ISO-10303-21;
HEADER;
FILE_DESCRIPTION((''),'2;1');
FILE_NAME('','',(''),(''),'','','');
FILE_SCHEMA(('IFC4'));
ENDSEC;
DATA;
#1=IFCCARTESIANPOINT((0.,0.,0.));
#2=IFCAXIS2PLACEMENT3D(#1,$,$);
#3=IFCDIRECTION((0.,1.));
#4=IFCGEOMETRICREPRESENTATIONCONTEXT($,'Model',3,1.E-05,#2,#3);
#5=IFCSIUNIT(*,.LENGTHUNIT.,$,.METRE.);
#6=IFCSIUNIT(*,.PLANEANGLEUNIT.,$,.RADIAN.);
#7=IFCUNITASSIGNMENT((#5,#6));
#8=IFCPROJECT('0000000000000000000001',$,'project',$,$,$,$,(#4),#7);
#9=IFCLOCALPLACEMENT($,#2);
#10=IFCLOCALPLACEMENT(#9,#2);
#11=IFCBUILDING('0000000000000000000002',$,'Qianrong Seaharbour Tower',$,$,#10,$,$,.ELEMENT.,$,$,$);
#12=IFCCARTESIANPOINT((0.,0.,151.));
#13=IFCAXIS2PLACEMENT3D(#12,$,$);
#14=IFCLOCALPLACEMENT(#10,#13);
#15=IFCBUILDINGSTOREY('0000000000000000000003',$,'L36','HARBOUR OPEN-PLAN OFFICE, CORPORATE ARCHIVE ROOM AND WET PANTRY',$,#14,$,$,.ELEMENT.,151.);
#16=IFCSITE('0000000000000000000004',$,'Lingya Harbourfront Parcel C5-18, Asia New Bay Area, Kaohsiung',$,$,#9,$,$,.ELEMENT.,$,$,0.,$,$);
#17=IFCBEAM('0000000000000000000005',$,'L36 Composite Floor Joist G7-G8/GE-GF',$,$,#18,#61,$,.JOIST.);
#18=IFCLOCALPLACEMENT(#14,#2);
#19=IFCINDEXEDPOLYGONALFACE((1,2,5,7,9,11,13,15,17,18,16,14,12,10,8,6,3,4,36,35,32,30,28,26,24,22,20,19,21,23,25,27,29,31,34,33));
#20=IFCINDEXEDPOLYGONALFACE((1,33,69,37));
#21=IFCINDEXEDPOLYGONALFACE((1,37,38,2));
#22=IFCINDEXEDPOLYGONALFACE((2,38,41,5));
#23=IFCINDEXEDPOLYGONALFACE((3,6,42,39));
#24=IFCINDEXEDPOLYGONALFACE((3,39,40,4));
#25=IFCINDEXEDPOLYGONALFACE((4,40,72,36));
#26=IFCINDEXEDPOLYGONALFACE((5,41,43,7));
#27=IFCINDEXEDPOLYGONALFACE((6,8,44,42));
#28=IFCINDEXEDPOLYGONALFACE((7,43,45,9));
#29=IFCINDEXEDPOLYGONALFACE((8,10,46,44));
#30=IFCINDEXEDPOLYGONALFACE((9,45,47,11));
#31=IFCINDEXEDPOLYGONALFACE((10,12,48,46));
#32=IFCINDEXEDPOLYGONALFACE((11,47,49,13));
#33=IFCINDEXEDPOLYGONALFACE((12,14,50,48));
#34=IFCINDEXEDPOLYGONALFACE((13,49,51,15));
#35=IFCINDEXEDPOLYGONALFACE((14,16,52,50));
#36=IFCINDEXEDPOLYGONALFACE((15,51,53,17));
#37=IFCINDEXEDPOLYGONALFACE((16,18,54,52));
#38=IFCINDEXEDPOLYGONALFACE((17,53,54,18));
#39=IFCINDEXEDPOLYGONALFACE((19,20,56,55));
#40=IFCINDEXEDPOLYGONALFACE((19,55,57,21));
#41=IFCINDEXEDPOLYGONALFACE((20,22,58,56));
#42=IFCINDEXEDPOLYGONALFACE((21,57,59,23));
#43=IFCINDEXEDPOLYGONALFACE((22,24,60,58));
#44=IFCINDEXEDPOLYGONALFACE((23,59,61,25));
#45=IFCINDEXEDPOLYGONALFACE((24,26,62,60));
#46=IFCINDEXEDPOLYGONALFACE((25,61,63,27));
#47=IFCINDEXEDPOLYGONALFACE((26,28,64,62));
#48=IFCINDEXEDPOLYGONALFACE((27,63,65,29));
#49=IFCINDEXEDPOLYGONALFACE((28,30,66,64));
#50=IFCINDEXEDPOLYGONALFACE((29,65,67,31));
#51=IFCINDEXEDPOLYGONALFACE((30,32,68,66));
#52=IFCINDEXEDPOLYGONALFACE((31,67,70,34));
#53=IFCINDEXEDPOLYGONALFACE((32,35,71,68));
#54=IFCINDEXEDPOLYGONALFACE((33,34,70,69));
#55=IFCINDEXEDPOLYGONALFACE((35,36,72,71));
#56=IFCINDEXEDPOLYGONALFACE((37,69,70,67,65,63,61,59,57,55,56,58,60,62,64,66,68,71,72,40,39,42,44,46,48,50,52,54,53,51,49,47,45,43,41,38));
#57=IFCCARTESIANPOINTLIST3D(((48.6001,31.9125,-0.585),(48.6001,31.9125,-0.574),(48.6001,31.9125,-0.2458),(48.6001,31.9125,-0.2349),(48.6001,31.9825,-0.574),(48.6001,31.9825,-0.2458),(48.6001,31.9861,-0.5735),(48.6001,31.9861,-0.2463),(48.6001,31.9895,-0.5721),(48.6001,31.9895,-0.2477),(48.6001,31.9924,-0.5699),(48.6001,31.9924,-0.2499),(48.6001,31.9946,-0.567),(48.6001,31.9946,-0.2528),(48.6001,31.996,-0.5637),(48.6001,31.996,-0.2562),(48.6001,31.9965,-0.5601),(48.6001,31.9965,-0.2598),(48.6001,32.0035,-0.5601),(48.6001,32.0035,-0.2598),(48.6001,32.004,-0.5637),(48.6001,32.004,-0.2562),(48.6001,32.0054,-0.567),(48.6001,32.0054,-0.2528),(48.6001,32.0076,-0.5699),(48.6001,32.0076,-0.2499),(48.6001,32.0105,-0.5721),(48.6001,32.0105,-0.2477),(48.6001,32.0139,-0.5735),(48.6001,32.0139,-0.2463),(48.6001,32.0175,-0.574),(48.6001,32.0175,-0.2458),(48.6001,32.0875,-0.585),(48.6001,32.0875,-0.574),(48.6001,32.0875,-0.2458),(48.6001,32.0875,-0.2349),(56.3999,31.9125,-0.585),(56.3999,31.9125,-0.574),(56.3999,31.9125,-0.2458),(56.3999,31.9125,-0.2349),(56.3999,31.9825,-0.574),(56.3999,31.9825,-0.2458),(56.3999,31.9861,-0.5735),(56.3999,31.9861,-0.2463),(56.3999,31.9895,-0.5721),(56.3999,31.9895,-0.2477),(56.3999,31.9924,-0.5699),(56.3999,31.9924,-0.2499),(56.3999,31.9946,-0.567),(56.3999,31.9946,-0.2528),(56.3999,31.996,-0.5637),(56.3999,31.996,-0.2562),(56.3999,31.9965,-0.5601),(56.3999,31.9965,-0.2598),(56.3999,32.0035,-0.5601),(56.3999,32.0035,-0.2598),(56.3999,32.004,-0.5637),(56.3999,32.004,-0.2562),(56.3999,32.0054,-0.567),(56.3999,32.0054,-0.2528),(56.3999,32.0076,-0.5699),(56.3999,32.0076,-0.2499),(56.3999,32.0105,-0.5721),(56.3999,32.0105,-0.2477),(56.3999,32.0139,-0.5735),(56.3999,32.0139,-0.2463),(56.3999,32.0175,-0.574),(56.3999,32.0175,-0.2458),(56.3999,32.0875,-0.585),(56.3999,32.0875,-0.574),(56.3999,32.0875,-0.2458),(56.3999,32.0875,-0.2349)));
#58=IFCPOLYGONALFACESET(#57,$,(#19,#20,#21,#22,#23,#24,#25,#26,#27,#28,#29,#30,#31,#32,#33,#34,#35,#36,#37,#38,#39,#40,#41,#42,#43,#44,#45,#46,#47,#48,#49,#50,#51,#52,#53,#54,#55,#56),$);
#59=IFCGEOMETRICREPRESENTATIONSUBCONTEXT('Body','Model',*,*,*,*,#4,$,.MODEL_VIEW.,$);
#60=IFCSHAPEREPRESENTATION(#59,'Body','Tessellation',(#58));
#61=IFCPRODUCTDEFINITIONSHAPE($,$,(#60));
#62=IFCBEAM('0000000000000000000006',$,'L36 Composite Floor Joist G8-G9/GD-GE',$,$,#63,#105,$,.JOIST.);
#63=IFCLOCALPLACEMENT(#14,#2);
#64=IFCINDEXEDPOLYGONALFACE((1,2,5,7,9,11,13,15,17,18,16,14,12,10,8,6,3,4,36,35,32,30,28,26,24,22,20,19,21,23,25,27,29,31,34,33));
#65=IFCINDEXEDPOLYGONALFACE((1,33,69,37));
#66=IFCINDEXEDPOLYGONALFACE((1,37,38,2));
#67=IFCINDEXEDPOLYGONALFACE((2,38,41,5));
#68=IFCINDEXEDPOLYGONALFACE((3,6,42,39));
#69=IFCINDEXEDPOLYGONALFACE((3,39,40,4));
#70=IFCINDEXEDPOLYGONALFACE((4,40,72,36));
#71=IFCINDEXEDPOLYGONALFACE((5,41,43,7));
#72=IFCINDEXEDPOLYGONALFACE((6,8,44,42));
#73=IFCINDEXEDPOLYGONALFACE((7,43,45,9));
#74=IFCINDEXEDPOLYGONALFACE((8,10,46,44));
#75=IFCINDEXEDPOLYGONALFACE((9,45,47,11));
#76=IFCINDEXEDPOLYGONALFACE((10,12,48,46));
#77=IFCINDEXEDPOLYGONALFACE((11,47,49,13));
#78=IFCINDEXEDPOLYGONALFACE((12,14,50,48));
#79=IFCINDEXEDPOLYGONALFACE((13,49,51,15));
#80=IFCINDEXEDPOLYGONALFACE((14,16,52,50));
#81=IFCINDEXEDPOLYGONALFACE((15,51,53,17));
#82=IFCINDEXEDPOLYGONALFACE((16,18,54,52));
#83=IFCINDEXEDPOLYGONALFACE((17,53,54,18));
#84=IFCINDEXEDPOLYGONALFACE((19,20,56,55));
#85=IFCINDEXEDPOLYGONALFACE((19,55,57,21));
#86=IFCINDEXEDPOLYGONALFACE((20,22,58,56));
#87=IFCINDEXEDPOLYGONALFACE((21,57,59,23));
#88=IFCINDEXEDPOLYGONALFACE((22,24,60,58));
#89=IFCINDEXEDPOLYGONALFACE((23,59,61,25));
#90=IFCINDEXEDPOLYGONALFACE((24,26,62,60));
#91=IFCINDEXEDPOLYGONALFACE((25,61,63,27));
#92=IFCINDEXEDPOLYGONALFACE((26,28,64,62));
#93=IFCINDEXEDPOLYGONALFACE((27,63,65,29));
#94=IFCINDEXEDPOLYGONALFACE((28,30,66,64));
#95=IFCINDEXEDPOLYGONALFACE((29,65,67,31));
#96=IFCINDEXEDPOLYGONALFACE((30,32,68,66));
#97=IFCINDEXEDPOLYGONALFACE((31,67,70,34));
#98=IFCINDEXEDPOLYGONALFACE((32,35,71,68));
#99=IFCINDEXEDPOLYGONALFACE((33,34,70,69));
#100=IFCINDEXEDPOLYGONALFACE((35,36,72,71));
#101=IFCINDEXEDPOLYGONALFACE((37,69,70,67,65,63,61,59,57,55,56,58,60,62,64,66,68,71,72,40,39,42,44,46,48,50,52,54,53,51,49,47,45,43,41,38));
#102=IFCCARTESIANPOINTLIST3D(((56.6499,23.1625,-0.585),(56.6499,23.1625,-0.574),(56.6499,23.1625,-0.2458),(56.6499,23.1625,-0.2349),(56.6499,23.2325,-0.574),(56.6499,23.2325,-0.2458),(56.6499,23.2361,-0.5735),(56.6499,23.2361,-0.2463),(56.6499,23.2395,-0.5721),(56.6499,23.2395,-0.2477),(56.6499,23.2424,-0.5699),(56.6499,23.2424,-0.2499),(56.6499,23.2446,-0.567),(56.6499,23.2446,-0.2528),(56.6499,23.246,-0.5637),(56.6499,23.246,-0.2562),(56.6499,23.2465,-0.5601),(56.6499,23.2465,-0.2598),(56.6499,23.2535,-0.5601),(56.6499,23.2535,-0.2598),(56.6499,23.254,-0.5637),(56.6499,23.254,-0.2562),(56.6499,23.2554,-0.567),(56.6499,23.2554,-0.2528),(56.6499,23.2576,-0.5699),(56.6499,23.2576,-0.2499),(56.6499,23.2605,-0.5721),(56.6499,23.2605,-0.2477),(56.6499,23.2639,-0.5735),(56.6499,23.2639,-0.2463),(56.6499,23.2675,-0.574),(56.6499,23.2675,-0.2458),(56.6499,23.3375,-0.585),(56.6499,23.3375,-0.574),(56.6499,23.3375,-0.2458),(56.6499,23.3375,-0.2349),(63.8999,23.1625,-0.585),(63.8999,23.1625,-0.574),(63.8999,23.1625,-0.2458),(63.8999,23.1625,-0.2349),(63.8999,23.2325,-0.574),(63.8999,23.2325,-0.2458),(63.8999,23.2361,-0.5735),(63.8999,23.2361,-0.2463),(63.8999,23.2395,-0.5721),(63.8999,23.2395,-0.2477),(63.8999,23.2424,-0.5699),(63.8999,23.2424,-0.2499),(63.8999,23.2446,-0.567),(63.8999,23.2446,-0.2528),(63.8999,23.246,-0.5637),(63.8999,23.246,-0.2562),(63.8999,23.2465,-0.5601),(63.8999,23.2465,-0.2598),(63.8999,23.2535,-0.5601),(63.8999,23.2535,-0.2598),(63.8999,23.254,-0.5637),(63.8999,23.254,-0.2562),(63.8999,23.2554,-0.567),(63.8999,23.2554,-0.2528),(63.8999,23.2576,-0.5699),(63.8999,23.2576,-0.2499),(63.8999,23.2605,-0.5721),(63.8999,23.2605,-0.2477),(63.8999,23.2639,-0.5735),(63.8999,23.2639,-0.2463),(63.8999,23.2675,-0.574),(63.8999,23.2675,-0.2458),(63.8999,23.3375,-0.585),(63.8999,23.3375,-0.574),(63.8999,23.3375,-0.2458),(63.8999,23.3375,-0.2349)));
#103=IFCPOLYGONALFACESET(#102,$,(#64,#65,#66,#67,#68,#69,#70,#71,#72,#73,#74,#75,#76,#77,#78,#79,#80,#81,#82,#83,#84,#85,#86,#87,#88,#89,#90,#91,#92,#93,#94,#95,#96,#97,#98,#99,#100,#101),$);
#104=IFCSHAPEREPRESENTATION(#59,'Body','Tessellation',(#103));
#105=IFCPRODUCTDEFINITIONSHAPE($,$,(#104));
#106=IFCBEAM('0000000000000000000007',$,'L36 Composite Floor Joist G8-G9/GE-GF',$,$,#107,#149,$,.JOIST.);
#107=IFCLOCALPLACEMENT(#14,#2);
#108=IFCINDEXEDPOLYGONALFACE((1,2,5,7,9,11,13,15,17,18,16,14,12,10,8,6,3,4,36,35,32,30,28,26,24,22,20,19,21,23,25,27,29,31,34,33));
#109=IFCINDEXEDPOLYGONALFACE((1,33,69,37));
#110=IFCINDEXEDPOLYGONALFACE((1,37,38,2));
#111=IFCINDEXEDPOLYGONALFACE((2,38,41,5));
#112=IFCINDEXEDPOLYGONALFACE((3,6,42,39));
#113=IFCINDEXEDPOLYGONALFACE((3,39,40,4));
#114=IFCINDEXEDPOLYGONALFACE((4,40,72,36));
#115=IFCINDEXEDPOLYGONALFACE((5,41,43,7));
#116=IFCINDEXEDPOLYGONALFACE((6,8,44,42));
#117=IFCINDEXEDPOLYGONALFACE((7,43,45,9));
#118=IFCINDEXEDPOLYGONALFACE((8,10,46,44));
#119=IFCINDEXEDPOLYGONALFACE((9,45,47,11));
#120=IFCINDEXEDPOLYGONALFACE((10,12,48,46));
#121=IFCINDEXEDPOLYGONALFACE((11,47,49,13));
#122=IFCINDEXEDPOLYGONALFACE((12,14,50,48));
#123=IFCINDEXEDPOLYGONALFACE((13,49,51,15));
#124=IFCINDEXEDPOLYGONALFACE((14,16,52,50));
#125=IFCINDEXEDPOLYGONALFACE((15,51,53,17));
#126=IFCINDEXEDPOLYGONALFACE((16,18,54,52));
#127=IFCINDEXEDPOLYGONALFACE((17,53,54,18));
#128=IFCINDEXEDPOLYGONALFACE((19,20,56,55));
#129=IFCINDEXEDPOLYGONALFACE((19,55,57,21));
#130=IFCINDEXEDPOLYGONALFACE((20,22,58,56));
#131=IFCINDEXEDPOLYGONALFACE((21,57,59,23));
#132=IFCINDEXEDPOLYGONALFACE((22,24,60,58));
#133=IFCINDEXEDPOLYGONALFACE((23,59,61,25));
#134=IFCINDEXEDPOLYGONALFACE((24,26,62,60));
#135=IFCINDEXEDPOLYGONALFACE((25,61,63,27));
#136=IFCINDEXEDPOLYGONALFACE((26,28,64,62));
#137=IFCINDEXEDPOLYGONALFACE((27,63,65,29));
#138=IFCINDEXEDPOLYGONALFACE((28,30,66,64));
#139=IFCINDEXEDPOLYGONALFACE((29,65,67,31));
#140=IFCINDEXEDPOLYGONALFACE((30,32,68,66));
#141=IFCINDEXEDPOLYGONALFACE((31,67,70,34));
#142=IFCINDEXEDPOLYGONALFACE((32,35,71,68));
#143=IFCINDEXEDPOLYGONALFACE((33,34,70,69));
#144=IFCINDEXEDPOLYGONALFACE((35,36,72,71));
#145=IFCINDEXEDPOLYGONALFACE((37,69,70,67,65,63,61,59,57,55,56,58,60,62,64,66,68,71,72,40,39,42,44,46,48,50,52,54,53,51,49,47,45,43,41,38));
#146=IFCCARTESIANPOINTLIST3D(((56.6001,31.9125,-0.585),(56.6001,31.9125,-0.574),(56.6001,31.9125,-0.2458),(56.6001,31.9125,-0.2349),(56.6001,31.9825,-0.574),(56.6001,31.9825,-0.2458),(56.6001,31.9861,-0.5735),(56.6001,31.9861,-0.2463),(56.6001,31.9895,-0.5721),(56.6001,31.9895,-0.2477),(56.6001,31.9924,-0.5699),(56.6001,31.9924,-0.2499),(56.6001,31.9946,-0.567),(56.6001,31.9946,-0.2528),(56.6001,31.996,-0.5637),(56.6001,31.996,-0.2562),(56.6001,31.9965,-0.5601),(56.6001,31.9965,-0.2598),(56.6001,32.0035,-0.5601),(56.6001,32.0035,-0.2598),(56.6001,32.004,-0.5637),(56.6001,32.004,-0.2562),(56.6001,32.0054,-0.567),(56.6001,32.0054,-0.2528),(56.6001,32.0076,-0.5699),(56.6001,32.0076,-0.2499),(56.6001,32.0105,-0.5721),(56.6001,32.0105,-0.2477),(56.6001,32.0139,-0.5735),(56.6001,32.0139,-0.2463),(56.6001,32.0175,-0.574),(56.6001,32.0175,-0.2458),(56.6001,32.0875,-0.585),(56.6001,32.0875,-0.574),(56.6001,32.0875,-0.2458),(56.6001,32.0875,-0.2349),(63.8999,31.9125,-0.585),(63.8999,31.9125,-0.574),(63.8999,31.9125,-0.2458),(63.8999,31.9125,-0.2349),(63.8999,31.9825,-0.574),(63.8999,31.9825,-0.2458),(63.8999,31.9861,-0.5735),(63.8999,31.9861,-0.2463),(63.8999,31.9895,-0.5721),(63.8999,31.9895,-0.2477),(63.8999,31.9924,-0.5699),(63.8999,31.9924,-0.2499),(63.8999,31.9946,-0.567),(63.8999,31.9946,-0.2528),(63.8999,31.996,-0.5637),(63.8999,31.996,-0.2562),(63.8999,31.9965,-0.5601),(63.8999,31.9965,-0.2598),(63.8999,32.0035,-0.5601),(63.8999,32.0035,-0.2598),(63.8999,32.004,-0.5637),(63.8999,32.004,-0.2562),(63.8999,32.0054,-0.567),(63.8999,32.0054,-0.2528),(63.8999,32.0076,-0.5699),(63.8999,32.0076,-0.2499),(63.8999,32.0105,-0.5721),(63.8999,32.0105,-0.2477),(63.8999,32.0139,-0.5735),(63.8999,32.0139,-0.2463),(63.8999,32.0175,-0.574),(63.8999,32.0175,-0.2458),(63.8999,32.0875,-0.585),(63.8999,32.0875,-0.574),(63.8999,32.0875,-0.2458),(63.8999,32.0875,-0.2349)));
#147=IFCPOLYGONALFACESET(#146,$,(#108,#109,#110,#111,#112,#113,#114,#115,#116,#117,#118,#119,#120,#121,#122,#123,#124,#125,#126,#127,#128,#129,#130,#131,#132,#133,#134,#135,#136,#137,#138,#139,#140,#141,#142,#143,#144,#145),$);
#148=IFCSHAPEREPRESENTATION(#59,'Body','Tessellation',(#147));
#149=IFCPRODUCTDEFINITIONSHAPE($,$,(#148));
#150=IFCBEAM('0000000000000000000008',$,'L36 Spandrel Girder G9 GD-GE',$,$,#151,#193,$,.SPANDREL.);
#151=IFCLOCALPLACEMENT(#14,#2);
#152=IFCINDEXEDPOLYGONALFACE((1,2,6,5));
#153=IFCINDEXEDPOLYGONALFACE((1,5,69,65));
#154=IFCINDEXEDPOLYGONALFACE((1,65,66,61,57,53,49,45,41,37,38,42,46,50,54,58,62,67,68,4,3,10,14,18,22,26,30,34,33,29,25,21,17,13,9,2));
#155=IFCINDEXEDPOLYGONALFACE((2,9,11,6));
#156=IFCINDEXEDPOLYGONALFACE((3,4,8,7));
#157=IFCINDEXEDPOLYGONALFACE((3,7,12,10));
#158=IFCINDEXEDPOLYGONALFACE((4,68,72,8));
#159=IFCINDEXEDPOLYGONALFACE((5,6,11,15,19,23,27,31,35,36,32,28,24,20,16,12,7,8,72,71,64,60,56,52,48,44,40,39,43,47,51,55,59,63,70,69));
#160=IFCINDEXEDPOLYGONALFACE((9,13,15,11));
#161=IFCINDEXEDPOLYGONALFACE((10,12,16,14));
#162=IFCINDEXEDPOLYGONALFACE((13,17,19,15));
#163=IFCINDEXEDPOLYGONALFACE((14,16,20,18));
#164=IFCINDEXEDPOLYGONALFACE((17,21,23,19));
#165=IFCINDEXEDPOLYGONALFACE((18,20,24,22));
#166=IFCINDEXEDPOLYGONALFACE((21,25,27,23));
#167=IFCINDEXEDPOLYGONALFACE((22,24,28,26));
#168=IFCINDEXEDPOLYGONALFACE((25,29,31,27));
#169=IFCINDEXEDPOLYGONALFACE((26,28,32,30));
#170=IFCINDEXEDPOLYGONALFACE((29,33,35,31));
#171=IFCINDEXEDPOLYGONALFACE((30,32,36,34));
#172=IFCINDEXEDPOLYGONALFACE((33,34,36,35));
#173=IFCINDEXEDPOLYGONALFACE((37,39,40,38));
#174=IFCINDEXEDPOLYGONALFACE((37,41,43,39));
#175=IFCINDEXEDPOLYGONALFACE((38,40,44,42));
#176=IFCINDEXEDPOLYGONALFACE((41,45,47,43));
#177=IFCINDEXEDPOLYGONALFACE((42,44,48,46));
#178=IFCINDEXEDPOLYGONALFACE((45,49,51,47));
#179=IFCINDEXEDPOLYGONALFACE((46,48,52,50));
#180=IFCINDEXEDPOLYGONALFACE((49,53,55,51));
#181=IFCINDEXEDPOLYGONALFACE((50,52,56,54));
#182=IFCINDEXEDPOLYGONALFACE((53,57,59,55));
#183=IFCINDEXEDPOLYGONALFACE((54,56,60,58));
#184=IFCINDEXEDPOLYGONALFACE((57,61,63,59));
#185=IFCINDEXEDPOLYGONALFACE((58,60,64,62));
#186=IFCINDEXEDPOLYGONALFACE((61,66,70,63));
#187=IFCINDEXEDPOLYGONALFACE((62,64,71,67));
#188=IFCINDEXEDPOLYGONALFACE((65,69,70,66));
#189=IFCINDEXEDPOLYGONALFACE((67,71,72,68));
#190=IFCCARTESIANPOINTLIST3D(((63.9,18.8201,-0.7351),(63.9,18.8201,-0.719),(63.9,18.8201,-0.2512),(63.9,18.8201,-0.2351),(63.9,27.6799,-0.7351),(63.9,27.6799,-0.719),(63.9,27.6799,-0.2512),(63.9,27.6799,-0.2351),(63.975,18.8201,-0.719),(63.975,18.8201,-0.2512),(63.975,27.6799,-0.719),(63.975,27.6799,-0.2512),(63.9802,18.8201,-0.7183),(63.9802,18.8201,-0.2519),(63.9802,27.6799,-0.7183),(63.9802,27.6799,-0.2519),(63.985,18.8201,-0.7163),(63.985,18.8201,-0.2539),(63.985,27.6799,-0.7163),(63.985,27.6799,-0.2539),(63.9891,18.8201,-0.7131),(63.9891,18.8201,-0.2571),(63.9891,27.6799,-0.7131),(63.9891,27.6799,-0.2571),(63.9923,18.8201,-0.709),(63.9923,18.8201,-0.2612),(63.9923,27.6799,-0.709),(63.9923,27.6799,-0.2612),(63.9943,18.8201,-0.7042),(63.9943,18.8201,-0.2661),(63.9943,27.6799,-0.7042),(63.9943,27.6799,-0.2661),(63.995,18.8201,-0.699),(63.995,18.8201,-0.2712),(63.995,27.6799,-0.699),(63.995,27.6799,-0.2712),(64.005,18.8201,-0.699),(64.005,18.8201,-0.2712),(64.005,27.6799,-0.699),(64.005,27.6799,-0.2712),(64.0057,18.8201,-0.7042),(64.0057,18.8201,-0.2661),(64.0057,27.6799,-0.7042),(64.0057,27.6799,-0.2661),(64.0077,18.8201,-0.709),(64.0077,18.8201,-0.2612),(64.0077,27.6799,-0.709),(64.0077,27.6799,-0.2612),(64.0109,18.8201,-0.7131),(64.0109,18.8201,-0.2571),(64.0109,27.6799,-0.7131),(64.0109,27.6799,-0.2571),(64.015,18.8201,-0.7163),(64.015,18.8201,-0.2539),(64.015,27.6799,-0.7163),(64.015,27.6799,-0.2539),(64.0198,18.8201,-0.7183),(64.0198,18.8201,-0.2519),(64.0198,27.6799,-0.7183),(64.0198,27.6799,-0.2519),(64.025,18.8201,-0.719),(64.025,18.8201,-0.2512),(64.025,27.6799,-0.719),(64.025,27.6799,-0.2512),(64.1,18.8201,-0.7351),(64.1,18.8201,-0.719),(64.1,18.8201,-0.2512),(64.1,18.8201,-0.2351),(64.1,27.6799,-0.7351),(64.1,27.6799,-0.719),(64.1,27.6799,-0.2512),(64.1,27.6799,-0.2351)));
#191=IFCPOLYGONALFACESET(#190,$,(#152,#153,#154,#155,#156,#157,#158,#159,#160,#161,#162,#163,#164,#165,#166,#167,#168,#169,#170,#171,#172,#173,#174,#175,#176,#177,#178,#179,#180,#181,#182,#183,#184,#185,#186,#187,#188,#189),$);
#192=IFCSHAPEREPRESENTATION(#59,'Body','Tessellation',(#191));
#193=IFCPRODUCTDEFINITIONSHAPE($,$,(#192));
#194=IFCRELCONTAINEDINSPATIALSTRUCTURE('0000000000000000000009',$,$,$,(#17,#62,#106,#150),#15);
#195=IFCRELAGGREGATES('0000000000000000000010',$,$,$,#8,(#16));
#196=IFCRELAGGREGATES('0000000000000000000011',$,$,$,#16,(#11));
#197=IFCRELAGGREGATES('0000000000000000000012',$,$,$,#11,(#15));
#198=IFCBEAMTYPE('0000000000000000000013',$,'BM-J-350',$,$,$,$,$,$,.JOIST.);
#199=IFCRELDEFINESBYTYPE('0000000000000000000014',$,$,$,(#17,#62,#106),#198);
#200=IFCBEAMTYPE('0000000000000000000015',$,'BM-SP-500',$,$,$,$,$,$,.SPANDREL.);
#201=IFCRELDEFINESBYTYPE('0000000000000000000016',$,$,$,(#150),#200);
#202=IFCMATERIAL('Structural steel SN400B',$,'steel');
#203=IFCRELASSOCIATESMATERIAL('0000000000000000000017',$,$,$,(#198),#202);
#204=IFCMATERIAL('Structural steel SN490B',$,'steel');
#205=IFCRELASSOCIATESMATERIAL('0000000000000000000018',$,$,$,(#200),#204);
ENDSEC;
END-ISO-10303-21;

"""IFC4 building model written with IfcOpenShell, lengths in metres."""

from ifc_helpers import new_model, si_unit, direction, frame, origin, origin_2d, place, context, subcontext, project, spatial, i_section, extrude, material, material_profile, profile_set, type_object, element, save


model = new_model("IFC4")

# Units and contexts
model_context = context("Model", 3, precision=1e-05, world=origin(), true_north=direction((0.0, 1.0)))
body_context = subcontext(model_context, "Body", "Model", "MODEL_VIEW")
ifc_project = project(units=[si_unit("LENGTHUNIT", "METRE"), si_unit("PLANEANGLEUNIT", "RADIAN")], contexts=[model_context])

# Site, building, storey
site_placement = place(None, origin())
site = spatial("IfcSite", under=ifc_project, at=site_placement, Name="Lingya Harbourfront Parcel C5-18, Asia New Bay Area, Kaohsiung", CompositionType="ELEMENT", RefElevation=0.0)
building_placement = place(site_placement, origin())
building = spatial("IfcBuilding", under=site, at=building_placement, Name="Qianrong Seaharbour Tower", CompositionType="ELEMENT")
storey_placement = place(building_placement, frame((0.0, 0.0, 151.0)))
storey = spatial("IfcBuildingStorey", under=building, at=storey_placement, Name="L36", Description="HARBOUR OPEN-PLAN OFFICE, CORPORATE ARCHIVE ROOM AND WET PANTRY", CompositionType="ELEMENT", Elevation=151.0)

# Shared definitions
ifc_material_1 = material(Name="Structural steel SN490B", Category="steel")

# Beams
ifc_material_2 = material(Name="Structural steel SN400B", Category="steel")
ifc_material_profile_1 = material_profile(ifc_material_2, i_section(OverallWidth=0.175, OverallDepth=0.3501, WebThickness=0.0071, FlangeThickness=0.011, FilletRadius=0.0139, at=origin_2d()), Name="H350x175x7x11")
ifc_profile_set_1 = profile_set([ifc_material_profile_1], Name="Structural steel SN400B")
beam_type_1 = type_object("IfcBeamType", Name="BM-J-350", PredefinedType="JOIST", material=ifc_profile_set_1)
beam_1_placement = place(storey_placement, frame((48.6001, 32.0, -0.4099), z_axis=(1.0, 0.0, 0.0), x_axis=(0.0, 1.0, 0.0)))
element("IfcBeam", 1, at=beam_1_placement, inside=storey, type_object=beam_type_1, Name="L36 Composite Floor Joist G7-G8/GE-GF", PredefinedType="JOIST", context=body_context, shape_type="SweptSolid", body=[
    extrude(i_section(OverallWidth=0.175, OverallDepth=0.3501, WebThickness=0.0071, FlangeThickness=0.011, FilletRadius=0.0139, at=origin_2d()), origin(), (0.0, 0.0, 1.0), 7.7998),
])
beam_2_placement = place(storey_placement, frame((56.6499, 23.25, -0.4099), z_axis=(1.0, 0.0, 0.0), x_axis=(0.0, 1.0, 0.0)))
element("IfcBeam", 2, at=beam_2_placement, inside=storey, type_object=beam_type_1, Name="L36 Composite Floor Joist G8-G9/GD-GE", PredefinedType="JOIST", context=body_context, shape_type="SweptSolid", body=[
    extrude(i_section(OverallWidth=0.175, OverallDepth=0.3501, WebThickness=0.0071, FlangeThickness=0.011, FilletRadius=0.0139, at=origin_2d()), origin(), (0.0, 0.0, 1.0), 7.25),
])
beam_3_placement = place(storey_placement, frame((56.6001, 32.0, -0.4099), z_axis=(1.0, 0.0, 0.0), x_axis=(0.0, 1.0, 0.0)))
element("IfcBeam", 3, at=beam_3_placement, inside=storey, type_object=beam_type_1, Name="L36 Composite Floor Joist G8-G9/GE-GF", PredefinedType="JOIST", context=body_context, shape_type="SweptSolid", body=[
    extrude(i_section(OverallWidth=0.175, OverallDepth=0.3501, WebThickness=0.0071, FlangeThickness=0.011, FilletRadius=0.0139, at=origin_2d()), origin(), (0.0, 0.0, 1.0), 7.2998),
])
ifc_material_profile_2 = material_profile(ifc_material_1, i_section(OverallWidth=0.2, OverallDepth=0.5, WebThickness=0.01, FlangeThickness=0.0161, FilletRadius=0.02, at=origin_2d()), Name="H500x200x10x16")
ifc_profile_set_2 = profile_set([ifc_material_profile_2], Name="Structural steel SN490B")
beam_type_2 = type_object("IfcBeamType", Name="BM-SP-500", PredefinedType="SPANDREL", material=ifc_profile_set_2)
beam_4_placement = place(storey_placement, frame((64.0, 18.8201, -0.4851), z_axis=(0.0, 1.0, 0.0), x_axis=(-1.0, 0.0, 0.0)))
element("IfcBeam", 4, at=beam_4_placement, inside=storey, type_object=beam_type_2, Name="L36 Spandrel Girder G9 GD-GE", PredefinedType="SPANDREL", context=body_context, shape_type="SweptSolid", body=[
    extrude(i_section(OverallWidth=0.2, OverallDepth=0.5, WebThickness=0.01, FlangeThickness=0.0161, FilletRadius=0.02, at=origin_2d()), origin(), (0.0, 0.0, 1.0), 8.8599),
])

save(model, "model.ifc")
